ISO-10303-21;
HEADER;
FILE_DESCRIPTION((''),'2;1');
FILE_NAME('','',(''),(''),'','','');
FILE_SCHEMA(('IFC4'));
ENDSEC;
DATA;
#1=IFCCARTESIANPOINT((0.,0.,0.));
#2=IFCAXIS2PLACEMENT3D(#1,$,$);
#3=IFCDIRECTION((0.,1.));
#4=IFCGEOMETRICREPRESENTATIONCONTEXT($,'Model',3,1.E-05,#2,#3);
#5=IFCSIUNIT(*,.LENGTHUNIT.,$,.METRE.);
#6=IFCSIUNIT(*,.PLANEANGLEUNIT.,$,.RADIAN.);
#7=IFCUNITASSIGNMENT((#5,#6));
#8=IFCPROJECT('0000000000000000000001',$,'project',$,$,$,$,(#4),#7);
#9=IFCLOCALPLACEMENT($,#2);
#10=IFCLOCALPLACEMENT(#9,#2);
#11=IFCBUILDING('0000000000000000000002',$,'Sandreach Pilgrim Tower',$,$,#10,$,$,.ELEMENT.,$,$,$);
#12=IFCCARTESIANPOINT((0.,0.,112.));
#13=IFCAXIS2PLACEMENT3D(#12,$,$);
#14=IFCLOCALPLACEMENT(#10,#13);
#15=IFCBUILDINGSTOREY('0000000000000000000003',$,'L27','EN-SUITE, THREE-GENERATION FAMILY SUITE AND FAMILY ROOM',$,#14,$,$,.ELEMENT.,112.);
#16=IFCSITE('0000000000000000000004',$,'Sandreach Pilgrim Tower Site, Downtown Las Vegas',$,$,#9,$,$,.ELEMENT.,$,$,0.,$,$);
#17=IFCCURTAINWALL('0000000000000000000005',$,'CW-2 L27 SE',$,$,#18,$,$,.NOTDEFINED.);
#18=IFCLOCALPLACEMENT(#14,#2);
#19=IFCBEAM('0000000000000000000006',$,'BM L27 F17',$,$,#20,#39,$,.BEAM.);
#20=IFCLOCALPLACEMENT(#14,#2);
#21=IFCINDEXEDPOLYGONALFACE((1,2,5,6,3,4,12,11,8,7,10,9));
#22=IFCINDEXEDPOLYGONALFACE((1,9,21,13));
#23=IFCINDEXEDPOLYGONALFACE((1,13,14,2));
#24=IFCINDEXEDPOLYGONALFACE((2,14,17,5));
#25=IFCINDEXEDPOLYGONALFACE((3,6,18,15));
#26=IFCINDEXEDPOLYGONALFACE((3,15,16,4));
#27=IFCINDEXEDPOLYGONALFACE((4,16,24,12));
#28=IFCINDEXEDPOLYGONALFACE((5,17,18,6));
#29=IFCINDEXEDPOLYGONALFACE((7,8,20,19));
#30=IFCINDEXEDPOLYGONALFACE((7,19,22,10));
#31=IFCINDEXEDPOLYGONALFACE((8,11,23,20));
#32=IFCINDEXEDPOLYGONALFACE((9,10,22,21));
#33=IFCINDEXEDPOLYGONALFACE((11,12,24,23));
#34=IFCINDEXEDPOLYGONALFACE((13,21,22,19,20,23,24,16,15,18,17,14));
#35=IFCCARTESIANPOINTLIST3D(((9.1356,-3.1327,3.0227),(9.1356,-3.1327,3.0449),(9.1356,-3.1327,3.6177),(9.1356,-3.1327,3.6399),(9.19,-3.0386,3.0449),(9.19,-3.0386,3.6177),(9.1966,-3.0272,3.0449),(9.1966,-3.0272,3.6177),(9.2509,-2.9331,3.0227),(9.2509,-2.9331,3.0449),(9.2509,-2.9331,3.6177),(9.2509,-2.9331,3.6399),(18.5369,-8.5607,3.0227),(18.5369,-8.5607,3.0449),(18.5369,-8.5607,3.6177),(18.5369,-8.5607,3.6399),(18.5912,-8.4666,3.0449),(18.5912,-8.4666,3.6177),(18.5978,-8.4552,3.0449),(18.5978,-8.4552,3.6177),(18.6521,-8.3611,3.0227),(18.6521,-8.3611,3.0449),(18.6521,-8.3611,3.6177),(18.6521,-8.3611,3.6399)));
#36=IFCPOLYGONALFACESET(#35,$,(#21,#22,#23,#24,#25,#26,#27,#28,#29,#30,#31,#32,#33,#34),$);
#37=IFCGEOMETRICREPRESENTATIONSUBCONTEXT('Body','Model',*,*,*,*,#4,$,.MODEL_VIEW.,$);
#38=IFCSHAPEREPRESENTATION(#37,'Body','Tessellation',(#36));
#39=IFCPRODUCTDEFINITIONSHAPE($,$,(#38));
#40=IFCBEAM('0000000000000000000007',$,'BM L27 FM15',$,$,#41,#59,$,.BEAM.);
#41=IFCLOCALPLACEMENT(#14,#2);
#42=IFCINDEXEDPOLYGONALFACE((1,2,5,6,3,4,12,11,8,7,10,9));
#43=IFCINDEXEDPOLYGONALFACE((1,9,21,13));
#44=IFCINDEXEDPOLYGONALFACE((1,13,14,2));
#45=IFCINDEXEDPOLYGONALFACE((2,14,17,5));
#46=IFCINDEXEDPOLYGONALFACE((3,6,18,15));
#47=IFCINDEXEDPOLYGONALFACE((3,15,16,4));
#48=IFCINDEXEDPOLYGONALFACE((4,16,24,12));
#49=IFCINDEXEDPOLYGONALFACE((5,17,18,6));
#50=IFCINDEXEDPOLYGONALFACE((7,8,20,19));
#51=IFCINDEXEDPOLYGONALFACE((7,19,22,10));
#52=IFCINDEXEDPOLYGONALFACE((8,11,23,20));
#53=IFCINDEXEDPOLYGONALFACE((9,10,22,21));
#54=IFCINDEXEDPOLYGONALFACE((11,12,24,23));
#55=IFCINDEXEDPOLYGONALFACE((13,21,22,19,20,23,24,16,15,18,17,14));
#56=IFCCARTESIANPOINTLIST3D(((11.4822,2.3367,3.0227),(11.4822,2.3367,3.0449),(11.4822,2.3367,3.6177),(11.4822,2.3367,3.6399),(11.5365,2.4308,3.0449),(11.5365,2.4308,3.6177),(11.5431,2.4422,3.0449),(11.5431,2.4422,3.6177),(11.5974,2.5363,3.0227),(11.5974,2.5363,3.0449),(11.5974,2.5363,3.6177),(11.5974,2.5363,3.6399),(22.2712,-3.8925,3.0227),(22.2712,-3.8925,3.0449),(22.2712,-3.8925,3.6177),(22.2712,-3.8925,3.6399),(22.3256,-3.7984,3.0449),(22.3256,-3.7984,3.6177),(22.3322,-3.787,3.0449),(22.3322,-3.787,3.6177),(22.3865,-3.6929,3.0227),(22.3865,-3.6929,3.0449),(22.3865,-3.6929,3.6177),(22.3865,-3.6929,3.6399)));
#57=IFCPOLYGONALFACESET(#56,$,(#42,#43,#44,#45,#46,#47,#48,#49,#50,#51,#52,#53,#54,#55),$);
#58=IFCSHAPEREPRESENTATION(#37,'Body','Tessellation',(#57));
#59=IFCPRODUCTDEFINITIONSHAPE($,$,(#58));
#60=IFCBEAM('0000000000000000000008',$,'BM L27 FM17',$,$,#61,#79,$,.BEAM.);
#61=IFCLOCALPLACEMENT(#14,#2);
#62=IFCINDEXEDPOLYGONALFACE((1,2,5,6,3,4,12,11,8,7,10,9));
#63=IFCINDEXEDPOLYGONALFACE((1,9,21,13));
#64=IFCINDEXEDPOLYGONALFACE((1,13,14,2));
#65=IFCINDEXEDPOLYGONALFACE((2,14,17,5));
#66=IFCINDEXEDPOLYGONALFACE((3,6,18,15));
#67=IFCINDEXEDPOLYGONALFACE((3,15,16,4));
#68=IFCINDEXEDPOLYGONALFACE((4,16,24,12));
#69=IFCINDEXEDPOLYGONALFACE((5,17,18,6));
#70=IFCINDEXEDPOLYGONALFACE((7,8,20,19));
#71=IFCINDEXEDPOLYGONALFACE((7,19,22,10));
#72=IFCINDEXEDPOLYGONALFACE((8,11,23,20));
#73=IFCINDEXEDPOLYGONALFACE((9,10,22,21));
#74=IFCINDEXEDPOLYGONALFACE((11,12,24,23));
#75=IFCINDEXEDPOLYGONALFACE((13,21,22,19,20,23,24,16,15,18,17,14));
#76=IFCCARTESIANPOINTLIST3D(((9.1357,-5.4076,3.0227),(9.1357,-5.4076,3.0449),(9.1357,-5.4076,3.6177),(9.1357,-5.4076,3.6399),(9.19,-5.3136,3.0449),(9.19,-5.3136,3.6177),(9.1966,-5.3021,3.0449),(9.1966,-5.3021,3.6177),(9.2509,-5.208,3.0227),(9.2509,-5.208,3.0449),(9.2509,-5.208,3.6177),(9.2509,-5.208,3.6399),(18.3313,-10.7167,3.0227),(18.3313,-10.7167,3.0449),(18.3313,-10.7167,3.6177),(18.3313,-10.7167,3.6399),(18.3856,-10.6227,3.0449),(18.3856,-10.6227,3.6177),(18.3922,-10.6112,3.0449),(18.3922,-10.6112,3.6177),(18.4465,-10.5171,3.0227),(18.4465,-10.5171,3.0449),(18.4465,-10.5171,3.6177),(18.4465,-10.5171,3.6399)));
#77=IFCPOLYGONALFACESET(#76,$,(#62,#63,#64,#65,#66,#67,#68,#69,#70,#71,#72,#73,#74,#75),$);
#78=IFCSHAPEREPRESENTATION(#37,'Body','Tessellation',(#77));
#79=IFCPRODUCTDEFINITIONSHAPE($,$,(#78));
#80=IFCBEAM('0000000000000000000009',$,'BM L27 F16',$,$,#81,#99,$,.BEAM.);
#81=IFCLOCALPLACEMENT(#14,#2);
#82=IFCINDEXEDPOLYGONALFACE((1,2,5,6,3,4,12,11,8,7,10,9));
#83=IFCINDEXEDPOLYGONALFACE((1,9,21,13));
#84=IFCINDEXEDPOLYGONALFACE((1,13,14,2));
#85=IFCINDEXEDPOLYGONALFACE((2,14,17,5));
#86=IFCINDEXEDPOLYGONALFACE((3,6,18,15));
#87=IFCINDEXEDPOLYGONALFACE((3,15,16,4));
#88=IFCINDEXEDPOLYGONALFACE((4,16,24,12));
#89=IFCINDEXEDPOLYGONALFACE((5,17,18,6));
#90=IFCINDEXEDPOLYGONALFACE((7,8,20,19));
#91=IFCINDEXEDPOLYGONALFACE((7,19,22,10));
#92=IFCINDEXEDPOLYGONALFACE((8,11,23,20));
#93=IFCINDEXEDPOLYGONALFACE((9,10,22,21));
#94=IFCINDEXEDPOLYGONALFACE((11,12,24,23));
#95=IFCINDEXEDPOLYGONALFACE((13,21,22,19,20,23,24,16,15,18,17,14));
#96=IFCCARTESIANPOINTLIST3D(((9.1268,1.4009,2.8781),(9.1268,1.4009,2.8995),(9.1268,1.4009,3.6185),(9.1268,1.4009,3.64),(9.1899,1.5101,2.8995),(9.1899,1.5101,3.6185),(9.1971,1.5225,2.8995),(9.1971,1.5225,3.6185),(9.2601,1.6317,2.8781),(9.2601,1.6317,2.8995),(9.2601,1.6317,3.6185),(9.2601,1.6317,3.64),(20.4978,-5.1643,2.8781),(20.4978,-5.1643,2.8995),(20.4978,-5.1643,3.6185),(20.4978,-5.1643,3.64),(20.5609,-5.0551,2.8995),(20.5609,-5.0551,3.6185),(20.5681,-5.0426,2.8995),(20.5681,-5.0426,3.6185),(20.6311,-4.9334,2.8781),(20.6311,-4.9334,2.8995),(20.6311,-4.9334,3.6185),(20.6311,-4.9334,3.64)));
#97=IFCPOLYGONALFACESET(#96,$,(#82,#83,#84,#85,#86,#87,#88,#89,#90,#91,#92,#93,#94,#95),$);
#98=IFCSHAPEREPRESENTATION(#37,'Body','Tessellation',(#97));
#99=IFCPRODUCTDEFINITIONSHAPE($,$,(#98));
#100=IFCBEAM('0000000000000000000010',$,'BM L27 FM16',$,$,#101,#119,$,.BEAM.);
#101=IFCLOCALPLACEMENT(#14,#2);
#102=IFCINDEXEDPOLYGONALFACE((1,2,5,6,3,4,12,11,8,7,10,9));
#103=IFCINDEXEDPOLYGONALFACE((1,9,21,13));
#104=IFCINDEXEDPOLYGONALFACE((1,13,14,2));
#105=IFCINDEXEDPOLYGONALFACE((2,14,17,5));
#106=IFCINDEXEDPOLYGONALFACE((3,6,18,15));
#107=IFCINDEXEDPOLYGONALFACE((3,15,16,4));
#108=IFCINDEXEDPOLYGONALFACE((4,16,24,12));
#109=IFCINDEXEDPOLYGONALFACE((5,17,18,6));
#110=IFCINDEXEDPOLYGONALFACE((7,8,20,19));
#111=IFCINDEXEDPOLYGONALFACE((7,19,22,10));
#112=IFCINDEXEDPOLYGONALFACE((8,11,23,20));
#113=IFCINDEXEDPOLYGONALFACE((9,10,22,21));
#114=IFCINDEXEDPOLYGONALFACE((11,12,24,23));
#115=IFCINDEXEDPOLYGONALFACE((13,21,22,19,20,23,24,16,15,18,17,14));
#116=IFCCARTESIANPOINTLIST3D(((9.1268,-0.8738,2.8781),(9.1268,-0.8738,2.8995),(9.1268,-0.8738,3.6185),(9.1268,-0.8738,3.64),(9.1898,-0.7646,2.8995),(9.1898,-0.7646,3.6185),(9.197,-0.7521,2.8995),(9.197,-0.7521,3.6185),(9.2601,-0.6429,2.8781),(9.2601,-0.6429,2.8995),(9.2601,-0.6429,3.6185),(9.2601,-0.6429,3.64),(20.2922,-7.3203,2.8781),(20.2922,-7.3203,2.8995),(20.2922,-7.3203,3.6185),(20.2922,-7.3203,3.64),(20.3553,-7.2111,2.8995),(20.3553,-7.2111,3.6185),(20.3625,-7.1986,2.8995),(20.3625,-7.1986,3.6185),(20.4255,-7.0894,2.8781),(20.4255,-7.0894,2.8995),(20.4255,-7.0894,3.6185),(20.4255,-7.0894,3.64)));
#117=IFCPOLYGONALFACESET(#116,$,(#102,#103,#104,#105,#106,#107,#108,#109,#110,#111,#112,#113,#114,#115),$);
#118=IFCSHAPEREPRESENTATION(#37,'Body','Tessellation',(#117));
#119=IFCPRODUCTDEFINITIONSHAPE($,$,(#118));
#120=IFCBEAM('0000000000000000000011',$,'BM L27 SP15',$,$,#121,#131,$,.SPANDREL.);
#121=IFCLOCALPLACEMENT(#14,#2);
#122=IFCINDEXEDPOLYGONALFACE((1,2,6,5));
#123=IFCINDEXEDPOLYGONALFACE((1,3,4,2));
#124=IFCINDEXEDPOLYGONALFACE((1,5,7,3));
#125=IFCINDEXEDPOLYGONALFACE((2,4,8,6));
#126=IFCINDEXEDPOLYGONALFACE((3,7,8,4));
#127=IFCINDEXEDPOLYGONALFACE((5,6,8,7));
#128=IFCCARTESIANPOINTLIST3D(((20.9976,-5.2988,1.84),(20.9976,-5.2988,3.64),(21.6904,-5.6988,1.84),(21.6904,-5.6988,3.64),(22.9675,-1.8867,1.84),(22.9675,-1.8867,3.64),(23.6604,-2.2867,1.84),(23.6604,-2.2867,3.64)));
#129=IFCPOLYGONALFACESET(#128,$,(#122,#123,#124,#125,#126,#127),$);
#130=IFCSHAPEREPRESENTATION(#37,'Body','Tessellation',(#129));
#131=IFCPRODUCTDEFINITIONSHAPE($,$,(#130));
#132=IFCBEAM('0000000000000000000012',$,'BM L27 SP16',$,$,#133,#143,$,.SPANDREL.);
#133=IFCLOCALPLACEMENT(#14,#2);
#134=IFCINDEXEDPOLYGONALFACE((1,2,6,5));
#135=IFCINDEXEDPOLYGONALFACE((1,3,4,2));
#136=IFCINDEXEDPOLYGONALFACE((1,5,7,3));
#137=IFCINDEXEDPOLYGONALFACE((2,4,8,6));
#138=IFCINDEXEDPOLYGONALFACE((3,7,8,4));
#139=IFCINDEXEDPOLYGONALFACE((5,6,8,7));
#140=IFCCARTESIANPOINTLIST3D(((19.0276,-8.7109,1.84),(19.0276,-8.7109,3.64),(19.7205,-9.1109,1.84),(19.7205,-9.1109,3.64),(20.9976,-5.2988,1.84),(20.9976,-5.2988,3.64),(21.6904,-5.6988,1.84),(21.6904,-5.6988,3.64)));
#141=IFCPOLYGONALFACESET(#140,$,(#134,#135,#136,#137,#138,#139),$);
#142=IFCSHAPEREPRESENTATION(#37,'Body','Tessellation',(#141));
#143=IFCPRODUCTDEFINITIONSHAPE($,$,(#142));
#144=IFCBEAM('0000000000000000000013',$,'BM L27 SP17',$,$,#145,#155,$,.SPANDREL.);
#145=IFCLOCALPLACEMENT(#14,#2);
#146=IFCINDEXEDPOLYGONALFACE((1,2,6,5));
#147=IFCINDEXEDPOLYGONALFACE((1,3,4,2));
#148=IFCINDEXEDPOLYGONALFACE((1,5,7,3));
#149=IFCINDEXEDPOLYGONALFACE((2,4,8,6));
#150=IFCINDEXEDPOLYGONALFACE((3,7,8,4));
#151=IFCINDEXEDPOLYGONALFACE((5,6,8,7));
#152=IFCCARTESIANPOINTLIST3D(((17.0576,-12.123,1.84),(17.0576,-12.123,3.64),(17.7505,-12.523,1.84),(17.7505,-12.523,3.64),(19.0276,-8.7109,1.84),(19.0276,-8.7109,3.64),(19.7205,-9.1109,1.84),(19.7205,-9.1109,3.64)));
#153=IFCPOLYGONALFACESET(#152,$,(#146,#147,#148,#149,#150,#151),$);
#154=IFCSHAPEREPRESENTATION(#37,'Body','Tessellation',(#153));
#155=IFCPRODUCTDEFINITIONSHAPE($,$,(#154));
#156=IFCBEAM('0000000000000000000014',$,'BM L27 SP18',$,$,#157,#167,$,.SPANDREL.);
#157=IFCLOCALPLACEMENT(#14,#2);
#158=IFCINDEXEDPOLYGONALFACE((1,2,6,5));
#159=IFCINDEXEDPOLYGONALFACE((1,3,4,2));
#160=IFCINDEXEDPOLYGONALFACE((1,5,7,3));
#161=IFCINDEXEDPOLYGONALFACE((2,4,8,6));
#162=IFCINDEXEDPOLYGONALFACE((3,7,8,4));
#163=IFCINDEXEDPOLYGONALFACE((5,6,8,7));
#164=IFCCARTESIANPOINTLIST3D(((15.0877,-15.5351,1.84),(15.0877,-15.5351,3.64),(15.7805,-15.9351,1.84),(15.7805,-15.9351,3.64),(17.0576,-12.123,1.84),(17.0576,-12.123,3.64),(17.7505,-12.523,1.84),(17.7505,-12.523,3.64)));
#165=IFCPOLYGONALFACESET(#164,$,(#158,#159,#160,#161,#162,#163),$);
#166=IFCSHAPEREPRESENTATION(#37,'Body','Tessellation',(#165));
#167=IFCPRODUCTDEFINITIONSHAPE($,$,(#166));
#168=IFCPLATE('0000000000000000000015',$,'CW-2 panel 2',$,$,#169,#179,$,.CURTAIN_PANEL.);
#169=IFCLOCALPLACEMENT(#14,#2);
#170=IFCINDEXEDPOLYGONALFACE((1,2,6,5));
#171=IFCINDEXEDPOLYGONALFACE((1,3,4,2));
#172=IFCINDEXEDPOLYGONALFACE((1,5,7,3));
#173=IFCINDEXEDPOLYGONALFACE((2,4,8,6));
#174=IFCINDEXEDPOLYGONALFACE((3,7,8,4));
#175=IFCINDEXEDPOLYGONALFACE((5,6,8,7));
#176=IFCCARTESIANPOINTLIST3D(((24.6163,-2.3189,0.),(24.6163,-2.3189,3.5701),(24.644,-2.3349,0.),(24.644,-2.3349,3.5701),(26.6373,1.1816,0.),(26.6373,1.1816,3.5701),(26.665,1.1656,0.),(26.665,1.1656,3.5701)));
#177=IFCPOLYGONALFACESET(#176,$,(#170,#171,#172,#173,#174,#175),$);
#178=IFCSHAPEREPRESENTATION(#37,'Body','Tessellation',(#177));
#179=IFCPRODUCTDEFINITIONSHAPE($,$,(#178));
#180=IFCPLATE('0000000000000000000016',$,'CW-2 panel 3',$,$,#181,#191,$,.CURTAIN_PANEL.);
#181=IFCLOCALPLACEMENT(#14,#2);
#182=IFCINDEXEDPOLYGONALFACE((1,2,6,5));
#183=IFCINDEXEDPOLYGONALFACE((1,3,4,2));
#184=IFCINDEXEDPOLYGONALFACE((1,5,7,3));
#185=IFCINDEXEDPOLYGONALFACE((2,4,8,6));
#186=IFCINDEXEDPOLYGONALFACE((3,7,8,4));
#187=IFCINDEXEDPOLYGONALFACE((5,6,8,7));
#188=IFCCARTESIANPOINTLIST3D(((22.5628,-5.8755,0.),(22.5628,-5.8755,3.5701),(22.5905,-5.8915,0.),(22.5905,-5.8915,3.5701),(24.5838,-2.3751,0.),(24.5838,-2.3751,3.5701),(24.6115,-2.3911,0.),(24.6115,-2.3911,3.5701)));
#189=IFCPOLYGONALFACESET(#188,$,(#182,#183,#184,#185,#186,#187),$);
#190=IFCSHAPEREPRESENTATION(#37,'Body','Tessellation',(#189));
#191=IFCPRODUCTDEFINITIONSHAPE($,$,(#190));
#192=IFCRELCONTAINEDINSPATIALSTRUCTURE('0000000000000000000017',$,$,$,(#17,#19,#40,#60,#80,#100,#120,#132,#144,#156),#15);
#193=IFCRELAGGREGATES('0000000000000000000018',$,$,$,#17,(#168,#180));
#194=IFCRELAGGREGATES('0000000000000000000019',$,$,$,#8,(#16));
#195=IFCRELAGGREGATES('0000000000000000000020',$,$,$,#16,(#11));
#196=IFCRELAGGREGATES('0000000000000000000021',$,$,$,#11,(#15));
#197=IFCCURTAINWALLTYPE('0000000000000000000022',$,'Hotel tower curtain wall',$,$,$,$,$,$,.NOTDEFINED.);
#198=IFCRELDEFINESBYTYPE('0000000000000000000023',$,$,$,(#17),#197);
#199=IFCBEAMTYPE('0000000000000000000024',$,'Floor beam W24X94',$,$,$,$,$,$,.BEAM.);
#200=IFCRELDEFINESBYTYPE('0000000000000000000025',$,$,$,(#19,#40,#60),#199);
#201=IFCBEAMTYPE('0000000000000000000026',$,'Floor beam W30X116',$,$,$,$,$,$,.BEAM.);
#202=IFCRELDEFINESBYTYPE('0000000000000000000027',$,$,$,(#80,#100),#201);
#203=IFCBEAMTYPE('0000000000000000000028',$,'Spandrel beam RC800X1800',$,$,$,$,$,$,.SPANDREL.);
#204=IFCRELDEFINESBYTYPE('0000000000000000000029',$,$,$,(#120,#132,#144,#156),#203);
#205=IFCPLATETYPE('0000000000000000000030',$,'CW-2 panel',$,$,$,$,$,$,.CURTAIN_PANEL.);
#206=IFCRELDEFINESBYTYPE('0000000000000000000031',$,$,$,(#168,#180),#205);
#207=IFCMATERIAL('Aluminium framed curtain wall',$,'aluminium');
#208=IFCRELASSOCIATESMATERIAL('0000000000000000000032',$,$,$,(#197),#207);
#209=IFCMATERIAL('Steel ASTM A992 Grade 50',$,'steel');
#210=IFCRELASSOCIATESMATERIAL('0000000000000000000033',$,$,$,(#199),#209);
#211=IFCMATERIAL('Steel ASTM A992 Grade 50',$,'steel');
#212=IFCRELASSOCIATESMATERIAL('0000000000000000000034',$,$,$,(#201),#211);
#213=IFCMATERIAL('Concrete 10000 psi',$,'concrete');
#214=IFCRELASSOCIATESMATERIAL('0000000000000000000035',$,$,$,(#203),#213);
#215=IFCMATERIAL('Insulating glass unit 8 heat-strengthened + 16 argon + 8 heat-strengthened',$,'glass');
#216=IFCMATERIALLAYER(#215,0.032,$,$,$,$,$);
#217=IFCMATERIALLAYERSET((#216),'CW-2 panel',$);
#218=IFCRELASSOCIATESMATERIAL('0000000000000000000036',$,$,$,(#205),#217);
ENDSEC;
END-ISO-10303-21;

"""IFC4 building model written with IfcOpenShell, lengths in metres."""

from ifc_helpers import new_model, si_unit, direction, frame, origin, origin_2d, place, context, subcontext, project, spatial, rectangle, i_section, extrude, material, layer, layer_set, material_profile, profile_set, type_object, element, aggregate, save


model = new_model("IFC4")

# Units and contexts
model_context = context("Model", 3, precision=1e-05, world=origin(), true_north=direction((0.0, 1.0)))
body_context = subcontext(model_context, "Body", "Model", "MODEL_VIEW")
ifc_project = project(units=[si_unit("LENGTHUNIT", "METRE"), si_unit("PLANEANGLEUNIT", "RADIAN")], contexts=[model_context])

# Site, building, storey
site_placement = place(None, origin())
site = spatial("IfcSite", under=ifc_project, at=site_placement, Name="Sandreach Pilgrim Tower Site, Downtown Las Vegas", CompositionType="ELEMENT", RefElevation=0.0)
building_placement = place(site_placement, origin())
building = spatial("IfcBuilding", under=site, at=building_placement, Name="Sandreach Pilgrim Tower", CompositionType="ELEMENT")
storey_placement = place(building_placement, frame((0.0, 0.0, 112.0)))
storey = spatial("IfcBuildingStorey", under=building, at=storey_placement, Name="L27", Description="EN-SUITE, THREE-GENERATION FAMILY SUITE AND FAMILY ROOM", CompositionType="ELEMENT", Elevation=112.0)

# Curtain wall
ifc_material_1 = material(Name="Aluminium framed curtain wall", Category="aluminium")
curtain_wall_type = type_object("IfcCurtainWallType", Name="Hotel tower curtain wall", PredefinedType="NOTDEFINED", material=ifc_material_1)
curtain_wall_placement = place(storey_placement, origin())
curtain_wall = element("IfcCurtainWall", 1, at=curtain_wall_placement, inside=storey, type_object=curtain_wall_type, Name="CW-2 L27 SE", PredefinedType="NOTDEFINED")

# Beams
ifc_material_2 = material(Name="Steel ASTM A992 Grade 50", Category="steel")
ifc_material_profile_1 = material_profile(ifc_material_2, i_section(OverallWidth=0.2305, OverallDepth=0.6172, WebThickness=0.0132, FlangeThickness=0.0222, at=origin_2d()), Name="W24X94")
ifc_profile_set_1 = profile_set([ifc_material_profile_1], Name="Steel ASTM A992 Grade 50")
beam_type_1 = type_object("IfcBeamType", Name="Floor beam W24X94", PredefinedType="BEAM", material=ifc_profile_set_1)
beam_1_placement = place(storey_placement, frame((18.5945, -8.4609, 3.3313), z_axis=(-0.866016, 0.500016, 0.0), x_axis=(-0.500016, -0.866016, 0.0)))
element("IfcBeam", 2, at=beam_1_placement, inside=storey, type_object=beam_type_1, Name="BM L27 F17", PredefinedType="BEAM", context=body_context, shape_type="SweptSolid", body=[
    extrude(i_section(OverallWidth=0.2305, OverallDepth=0.6172, WebThickness=0.0132, FlangeThickness=0.0222, at=origin_2d()), origin(), (0.0, 0.0, 1.0), 10.8557),
])
beam_2_placement = place(storey_placement, frame((22.3289, -3.7927, 3.3313), z_axis=(-0.866019, 0.500011, 0.0), x_axis=(-0.500011, -0.866019, 0.0)))
element("IfcBeam", 3, at=beam_2_placement, inside=storey, type_object=beam_type_1, Name="BM L27 FM15", PredefinedType="BEAM", context=body_context, shape_type="SweptSolid", body=[
    extrude(i_section(OverallWidth=0.2305, OverallDepth=0.6172, WebThickness=0.0132, FlangeThickness=0.0222, at=origin_2d()), origin(), (0.0, 0.0, 1.0), 12.4583),
])
beam_3_placement = place(storey_placement, frame((18.3889, -10.6169, 3.3313), z_axis=(-0.866024, 0.500002, 0.0), x_axis=(-0.500002, -0.866024, 0.0)))
element("IfcBeam", 4, at=beam_3_placement, inside=storey, type_object=beam_type_1, Name="BM L27 FM17", PredefinedType="BEAM", context=body_context, shape_type="SweptSolid", body=[
    extrude(i_section(OverallWidth=0.2305, OverallDepth=0.6172, WebThickness=0.0132, FlangeThickness=0.0222, at=origin_2d()), origin(), (0.0, 0.0, 1.0), 10.6182),
])
ifc_material_3 = material(Name="Steel ASTM A992 Grade 50", Category="steel")
ifc_material_profile_2 = material_profile(ifc_material_3, i_section(OverallWidth=0.2666, OverallDepth=0.762, WebThickness=0.0144, FlangeThickness=0.0215, at=origin_2d()), Name="W30X116")
ifc_profile_set_2 = profile_set([ifc_material_profile_2], Name="Steel ASTM A992 Grade 50")
beam_type_2 = type_object("IfcBeamType", Name="Floor beam W30X116", PredefinedType="BEAM", material=ifc_profile_set_2)
beam_4_placement = place(storey_placement, frame((20.5645, -5.0488, 3.259), z_axis=(-0.866023, 0.500005, 0.0), x_axis=(-0.500005, -0.866023, 0.0)))
element("IfcBeam", 5, at=beam_4_placement, inside=storey, type_object=beam_type_2, Name="BM L27 F16", PredefinedType="BEAM", context=body_context, shape_type="SweptSolid", body=[
    extrude(i_section(OverallWidth=0.2666, OverallDepth=0.762, WebThickness=0.0144, FlangeThickness=0.0215, at=origin_2d()), origin(), (0.0, 0.0, 1.0), 13.1301),
])
beam_5_placement = place(storey_placement, frame((20.3589, -7.2048, 3.259), z_axis=(-0.866022, 0.500007, 0.0), x_axis=(-0.500007, -0.866022, 0.0)))
element("IfcBeam", 6, at=beam_5_placement, inside=storey, type_object=beam_type_2, Name="BM L27 FM16", PredefinedType="BEAM", context=body_context, shape_type="SweptSolid", body=[
    extrude(i_section(OverallWidth=0.2666, OverallDepth=0.762, WebThickness=0.0144, FlangeThickness=0.0215, at=origin_2d()), origin(), (0.0, 0.0, 1.0), 12.8928),
])
ifc_material_4 = material(Name="Concrete 10000 psi", Category="concrete")
ifc_material_profile_3 = material_profile(ifc_material_4, rectangle(XDim=0.8, YDim=1.8, at=origin_2d()), Name="RC800X1800")
ifc_profile_set_3 = profile_set([ifc_material_profile_3], Name="Concrete 10000 psi")
beam_type_3 = type_object("IfcBeamType", Name="Spandrel beam RC800X1800", PredefinedType="SPANDREL", material=ifc_profile_set_3)
for number, where, z_axis, x_axis, name in (
    (7, (23.314, -2.0867, 2.74), (-0.499998, -0.866027, 0.0), (0.866027, -0.499998, 0.0), "BM L27 SP15"),
    (8, (21.344, -5.4988, 2.74), (-0.499998, -0.866027, 0.0), (0.866027, -0.499998, 0.0), "BM L27 SP16"),
    (9, (19.374, -8.9109, 2.74), (-0.499998, -0.866027, 0.0), (0.866027, -0.499998, 0.0), "BM L27 SP17"),
    (10, (17.4041, -12.323, 2.74), (-0.499998, -0.866027, 0.0), (0.866027, -0.499998, 0.0), "BM L27 SP18"),
):
    element("IfcBeam", number, at=place(storey_placement, frame(where, z_axis=z_axis, x_axis=x_axis)), inside=storey, type_object=beam_type_3, Name=name, PredefinedType="SPANDREL", context=body_context, shape_type="SweptSolid", body=[
        extrude(rectangle(XDim=0.8, YDim=1.8, at=origin_2d()), origin(), (0.0, 0.0, 1.0), 3.9399),
    ])

# Plates
ifc_material_5 = material(Name="Insulating glass unit 8 heat-strengthened + 16 argon + 8 heat-strengthened", Category="glass")
ifc_layer_1 = layer(ifc_material_5, 0.032)
ifc_layer_set_1 = layer_set([ifc_layer_1], Name="CW-2 panel")
plate_type = type_object("IfcPlateType", Name="CW-2 panel", PredefinedType="CURTAIN_PANEL", material=ifc_layer_set_1)
plate_1_placement = place(storey_placement, frame((25.6406, -0.5767, 0.0), z_axis=(0.0, 0.0, 1.0), x_axis=(-0.5, -0.866025, 0.0)))
plate_1 = element("IfcPlate", 11, at=plate_1_placement, type_object=plate_type, Name="CW-2 panel 2", PredefinedType="CURTAIN_PANEL", context=body_context, shape_type="SweptSolid", body=[
    extrude(rectangle(XDim=4.042, YDim=0.032, at=origin_2d()), origin(), (0.0, 0.0, 1.0), 3.5701),
])
plate_2_placement = place(storey_placement, frame((23.5872, -4.1333, 0.0), z_axis=(0.0, 0.0, 1.0), x_axis=(-0.5, -0.866025, 0.0)))
plate_2 = element("IfcPlate", 12, at=plate_2_placement, type_object=plate_type, Name="CW-2 panel 3", PredefinedType="CURTAIN_PANEL", context=body_context, shape_type="SweptSolid", body=[
    extrude(rectangle(XDim=4.042, YDim=0.032, at=origin_2d()), origin(), (0.0, 0.0, 1.0), 3.5701),
])
aggregate(curtain_wall, [plate_1, plate_2])

save(model, "model.ifc")
